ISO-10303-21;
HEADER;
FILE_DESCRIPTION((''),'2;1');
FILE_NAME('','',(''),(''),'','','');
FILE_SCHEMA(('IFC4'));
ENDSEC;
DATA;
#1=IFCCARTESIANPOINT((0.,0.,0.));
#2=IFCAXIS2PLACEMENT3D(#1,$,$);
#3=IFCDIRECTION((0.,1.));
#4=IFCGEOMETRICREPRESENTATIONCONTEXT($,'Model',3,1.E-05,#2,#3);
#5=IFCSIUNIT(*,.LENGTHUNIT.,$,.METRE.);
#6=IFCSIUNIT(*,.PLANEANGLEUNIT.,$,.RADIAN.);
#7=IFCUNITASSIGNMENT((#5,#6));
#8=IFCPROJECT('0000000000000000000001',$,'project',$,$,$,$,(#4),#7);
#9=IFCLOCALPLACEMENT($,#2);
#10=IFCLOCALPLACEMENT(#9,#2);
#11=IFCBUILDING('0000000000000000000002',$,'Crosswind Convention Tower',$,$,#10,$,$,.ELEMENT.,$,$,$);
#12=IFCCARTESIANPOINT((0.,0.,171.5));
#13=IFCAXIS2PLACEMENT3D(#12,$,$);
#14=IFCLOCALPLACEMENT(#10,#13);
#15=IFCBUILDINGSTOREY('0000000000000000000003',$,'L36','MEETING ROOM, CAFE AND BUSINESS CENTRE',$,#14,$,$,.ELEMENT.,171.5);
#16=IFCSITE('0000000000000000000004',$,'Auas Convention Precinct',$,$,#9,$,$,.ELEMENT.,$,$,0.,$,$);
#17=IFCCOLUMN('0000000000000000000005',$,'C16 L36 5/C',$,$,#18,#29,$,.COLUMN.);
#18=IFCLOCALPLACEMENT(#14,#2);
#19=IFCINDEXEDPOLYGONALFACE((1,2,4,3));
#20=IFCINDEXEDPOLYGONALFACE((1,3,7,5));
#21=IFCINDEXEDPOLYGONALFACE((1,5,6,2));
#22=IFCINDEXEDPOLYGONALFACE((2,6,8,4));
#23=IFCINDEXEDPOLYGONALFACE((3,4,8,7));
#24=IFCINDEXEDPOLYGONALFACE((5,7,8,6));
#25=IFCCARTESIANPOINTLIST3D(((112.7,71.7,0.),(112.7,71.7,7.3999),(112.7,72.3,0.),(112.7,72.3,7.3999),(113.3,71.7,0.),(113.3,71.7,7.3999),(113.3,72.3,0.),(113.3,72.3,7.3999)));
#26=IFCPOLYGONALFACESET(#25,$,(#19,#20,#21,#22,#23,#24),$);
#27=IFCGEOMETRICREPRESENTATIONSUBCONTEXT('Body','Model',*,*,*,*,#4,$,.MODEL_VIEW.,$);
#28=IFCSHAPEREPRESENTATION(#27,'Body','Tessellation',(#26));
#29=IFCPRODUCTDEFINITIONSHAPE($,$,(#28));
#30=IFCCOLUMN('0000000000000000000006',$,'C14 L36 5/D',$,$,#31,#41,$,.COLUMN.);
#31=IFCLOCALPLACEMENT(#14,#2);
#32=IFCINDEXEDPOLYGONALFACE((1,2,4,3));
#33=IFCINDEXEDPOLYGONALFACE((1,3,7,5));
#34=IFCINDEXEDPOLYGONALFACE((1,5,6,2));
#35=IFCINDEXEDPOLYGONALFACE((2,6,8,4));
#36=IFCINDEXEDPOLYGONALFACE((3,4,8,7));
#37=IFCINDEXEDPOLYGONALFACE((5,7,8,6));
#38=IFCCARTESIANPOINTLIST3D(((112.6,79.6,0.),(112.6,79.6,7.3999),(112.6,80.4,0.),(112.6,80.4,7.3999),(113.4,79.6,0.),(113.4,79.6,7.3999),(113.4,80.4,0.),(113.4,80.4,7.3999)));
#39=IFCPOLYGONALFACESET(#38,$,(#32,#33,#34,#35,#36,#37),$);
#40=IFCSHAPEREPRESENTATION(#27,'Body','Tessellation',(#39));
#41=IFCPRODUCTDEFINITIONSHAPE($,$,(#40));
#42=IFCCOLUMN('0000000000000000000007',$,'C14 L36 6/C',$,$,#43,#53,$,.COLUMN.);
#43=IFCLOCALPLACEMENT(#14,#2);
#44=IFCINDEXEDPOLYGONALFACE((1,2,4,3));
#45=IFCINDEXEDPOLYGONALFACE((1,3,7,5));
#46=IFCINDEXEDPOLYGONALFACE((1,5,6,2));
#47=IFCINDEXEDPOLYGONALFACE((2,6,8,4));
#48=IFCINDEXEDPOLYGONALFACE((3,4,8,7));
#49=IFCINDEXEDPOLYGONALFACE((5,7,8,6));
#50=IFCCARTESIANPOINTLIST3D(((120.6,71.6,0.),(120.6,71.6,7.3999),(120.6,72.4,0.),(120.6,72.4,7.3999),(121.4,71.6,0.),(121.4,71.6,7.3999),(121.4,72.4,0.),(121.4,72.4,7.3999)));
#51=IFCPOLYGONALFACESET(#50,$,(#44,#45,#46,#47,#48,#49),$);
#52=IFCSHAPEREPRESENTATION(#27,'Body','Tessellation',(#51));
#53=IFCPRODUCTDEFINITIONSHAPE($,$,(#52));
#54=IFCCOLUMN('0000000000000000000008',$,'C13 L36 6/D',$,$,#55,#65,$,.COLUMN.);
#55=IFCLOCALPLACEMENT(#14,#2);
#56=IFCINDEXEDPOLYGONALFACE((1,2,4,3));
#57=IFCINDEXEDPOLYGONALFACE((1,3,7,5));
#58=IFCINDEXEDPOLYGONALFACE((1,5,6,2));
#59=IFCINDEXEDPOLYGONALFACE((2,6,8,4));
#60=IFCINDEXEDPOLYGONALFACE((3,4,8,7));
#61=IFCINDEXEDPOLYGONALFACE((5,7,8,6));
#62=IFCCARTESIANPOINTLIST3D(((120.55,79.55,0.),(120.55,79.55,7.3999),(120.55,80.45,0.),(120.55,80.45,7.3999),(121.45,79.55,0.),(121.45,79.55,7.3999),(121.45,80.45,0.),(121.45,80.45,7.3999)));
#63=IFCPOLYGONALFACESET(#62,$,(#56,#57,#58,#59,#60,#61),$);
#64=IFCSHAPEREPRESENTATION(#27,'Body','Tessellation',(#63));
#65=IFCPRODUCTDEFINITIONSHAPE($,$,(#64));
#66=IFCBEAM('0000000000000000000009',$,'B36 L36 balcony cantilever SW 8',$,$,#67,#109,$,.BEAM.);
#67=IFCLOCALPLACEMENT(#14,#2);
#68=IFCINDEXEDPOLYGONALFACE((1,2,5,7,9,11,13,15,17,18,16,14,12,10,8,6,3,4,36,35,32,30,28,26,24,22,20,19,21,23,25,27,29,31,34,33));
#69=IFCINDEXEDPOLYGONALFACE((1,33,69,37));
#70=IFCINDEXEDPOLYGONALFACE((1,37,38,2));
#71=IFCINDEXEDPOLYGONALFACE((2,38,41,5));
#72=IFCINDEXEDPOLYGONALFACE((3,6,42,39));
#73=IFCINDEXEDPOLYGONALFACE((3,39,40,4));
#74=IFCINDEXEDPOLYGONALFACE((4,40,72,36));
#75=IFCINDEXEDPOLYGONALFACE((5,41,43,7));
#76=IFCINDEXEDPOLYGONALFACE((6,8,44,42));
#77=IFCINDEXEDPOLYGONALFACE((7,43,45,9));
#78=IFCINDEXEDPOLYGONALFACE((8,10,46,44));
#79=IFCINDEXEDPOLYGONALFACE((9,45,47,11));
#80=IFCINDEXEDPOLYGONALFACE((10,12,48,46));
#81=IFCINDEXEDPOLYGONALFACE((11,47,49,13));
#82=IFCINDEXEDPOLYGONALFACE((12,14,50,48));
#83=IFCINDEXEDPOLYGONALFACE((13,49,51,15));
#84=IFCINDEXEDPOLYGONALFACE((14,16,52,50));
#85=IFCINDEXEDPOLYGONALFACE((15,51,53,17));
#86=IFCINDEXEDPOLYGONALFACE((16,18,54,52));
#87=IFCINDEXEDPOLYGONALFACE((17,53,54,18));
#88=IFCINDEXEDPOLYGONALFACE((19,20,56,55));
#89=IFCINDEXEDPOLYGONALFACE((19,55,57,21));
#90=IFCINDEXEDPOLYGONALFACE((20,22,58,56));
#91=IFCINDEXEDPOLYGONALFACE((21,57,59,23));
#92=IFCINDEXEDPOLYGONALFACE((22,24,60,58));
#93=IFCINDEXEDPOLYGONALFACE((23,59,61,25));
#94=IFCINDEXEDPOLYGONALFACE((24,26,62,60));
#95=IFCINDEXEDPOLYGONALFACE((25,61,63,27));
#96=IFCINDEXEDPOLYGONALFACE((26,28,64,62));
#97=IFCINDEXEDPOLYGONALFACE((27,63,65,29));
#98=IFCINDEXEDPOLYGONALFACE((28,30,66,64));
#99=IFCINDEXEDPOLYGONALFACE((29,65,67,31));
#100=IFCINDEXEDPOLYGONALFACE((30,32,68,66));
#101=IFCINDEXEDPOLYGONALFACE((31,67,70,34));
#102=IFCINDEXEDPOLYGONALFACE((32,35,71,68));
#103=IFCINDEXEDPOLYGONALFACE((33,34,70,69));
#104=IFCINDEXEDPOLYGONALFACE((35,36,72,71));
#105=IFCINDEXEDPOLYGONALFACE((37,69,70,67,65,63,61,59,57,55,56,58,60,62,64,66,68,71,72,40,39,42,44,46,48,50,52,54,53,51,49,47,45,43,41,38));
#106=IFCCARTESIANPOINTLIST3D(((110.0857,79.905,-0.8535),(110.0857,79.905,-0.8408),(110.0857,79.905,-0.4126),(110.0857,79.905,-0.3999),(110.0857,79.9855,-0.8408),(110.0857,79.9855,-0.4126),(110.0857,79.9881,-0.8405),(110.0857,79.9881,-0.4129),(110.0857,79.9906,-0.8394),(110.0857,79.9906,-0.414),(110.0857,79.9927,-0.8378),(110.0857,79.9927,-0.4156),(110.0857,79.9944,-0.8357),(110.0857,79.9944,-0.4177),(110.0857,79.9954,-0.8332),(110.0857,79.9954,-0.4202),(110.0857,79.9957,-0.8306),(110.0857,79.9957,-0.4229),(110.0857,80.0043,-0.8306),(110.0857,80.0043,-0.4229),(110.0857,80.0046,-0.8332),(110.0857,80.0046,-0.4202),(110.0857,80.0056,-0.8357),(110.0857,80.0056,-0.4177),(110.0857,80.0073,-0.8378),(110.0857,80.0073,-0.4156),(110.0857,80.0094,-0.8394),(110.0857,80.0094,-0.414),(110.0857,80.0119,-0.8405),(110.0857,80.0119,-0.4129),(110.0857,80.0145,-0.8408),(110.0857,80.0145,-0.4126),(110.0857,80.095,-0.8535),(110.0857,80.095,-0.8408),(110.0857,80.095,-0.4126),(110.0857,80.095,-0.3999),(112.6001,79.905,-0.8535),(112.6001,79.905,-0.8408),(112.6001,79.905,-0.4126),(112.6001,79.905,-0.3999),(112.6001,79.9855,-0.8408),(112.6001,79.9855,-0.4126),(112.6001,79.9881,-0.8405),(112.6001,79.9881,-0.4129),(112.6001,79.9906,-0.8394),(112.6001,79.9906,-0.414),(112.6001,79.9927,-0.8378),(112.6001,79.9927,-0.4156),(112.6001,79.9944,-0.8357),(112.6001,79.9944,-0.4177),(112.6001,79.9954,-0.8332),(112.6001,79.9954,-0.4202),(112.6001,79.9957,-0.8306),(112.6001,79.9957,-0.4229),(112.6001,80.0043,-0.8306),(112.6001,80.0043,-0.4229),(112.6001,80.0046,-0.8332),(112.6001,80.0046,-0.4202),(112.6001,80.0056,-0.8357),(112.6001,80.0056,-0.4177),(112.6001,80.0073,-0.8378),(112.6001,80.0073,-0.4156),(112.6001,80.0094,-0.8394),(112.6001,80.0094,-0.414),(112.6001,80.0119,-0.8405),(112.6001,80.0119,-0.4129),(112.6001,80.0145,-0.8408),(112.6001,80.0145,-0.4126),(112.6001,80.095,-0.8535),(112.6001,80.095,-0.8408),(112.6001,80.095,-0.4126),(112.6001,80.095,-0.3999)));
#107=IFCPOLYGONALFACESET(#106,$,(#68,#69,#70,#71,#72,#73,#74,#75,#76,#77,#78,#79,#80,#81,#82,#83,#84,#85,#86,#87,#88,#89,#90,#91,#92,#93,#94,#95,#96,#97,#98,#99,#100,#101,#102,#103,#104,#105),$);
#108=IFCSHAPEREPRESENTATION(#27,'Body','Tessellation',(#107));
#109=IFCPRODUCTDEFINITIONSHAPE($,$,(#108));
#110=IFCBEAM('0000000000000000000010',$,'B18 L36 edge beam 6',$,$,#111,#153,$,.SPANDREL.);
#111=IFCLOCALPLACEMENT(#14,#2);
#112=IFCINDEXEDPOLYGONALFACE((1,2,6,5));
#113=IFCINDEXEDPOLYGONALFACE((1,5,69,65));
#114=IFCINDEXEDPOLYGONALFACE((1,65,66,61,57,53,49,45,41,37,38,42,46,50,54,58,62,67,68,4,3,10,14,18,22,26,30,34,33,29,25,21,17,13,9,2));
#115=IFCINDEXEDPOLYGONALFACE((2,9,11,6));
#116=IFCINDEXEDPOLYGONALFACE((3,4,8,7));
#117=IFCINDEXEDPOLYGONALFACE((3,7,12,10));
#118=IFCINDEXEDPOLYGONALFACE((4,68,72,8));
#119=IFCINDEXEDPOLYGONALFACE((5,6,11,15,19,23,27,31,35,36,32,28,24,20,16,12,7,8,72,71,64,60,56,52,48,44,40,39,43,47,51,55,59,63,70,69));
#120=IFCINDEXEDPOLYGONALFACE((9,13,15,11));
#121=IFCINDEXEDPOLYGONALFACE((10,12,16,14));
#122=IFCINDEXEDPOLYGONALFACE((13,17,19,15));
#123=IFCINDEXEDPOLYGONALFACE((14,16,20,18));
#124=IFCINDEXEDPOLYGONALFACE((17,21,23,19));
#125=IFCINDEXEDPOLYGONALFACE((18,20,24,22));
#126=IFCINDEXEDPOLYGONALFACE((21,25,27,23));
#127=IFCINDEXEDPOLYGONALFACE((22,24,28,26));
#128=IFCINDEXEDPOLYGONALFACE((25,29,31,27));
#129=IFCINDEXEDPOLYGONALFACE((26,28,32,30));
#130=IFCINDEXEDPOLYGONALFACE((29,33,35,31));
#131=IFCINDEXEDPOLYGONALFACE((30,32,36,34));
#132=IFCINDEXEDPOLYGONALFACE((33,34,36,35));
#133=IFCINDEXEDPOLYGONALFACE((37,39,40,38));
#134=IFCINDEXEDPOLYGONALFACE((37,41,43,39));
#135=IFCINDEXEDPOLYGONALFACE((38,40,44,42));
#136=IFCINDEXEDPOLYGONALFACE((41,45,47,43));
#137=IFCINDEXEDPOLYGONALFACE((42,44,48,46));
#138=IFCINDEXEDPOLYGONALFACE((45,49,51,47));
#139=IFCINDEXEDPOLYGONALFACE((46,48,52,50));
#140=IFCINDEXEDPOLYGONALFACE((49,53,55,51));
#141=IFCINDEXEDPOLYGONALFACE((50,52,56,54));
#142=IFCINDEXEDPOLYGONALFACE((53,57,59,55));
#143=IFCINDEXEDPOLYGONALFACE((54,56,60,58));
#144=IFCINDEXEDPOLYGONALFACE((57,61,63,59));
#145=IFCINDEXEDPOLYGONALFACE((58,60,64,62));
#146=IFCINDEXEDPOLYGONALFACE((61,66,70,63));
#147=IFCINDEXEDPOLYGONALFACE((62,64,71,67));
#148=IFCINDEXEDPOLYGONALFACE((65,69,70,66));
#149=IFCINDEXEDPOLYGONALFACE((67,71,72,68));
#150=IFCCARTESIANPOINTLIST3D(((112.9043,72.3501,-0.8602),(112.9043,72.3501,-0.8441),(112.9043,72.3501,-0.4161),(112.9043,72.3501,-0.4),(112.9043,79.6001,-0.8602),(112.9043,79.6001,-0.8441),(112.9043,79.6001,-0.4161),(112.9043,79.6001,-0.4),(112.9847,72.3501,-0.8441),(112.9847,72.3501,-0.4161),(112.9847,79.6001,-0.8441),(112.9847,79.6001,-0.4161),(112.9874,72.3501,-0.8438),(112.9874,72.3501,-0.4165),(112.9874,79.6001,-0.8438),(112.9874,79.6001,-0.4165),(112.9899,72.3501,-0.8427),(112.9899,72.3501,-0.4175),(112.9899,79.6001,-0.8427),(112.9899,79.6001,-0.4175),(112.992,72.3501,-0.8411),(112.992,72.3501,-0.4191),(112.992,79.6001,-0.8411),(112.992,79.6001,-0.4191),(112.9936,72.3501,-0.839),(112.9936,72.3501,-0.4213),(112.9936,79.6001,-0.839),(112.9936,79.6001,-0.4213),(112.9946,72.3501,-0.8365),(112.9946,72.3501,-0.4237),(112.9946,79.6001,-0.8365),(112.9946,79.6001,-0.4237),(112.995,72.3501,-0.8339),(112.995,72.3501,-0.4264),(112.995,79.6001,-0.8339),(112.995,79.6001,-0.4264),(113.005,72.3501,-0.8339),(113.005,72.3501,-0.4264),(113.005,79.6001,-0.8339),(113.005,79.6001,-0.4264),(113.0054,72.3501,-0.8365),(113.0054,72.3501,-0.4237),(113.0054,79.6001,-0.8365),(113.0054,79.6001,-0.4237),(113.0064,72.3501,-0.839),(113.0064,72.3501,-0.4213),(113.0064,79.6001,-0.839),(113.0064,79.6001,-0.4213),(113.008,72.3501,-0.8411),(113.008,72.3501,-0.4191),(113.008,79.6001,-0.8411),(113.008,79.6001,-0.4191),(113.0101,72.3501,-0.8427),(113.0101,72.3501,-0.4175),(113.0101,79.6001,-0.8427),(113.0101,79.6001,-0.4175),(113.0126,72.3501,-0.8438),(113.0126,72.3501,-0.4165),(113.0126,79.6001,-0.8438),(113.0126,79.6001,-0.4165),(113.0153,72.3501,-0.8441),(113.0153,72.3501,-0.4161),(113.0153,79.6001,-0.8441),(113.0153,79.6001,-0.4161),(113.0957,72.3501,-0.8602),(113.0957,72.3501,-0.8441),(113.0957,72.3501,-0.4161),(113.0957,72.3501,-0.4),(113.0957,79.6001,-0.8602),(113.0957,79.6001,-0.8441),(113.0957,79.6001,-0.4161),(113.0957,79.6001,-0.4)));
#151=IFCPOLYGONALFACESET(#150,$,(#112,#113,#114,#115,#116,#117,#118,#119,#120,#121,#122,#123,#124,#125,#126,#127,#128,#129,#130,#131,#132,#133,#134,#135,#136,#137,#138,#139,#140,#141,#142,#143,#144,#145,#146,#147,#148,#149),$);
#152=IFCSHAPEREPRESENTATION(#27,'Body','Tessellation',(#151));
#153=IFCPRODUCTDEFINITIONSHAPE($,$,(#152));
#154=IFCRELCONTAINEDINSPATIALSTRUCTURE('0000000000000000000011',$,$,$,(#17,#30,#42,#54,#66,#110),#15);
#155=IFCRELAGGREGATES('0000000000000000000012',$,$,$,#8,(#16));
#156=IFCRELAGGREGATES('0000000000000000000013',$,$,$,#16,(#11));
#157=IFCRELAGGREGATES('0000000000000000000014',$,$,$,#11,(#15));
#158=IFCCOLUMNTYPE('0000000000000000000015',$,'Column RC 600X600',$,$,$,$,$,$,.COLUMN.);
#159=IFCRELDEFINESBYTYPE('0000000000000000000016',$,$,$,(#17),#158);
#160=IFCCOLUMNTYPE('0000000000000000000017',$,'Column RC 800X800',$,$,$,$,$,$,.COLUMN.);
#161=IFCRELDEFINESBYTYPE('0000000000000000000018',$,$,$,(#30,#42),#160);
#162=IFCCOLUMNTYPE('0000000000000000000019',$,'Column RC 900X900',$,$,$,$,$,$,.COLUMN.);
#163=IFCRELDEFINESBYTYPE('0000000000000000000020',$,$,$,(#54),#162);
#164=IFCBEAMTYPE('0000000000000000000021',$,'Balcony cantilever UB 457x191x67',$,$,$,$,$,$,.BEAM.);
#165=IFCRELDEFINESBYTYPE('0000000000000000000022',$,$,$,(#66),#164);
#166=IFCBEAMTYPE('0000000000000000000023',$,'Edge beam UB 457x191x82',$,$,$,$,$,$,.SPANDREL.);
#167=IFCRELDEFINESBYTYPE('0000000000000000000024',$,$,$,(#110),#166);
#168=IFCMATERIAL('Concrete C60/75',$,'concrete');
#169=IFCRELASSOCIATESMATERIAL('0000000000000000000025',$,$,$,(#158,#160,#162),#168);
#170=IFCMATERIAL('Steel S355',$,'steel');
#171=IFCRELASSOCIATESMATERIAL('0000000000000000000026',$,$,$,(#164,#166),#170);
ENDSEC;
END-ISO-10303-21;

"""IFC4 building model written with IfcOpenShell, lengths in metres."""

from ifc_helpers import new_model, si_unit, direction, frame, origin, origin_2d, place, context, subcontext, project, spatial, rectangle, i_section, extrude, material, material_profile, profile_set, type_object, element, save


model = new_model("IFC4")

# Units and contexts
model_context = context("Model", 3, precision=1e-05, world=origin(), true_north=direction((0.0, 1.0)))
body_context = subcontext(model_context, "Body", "Model", "MODEL_VIEW")
ifc_project = project(units=[si_unit("LENGTHUNIT", "METRE"), si_unit("PLANEANGLEUNIT", "RADIAN")], contexts=[model_context])

# Site, building, storey
site_placement = place(None, origin())
site = spatial("IfcSite", under=ifc_project, at=site_placement, Name="Auas Convention Precinct", CompositionType="ELEMENT", RefElevation=0.0)
building_placement = place(site_placement, origin())
building = spatial("IfcBuilding", under=site, at=building_placement, Name="Crosswind Convention Tower", CompositionType="ELEMENT")
storey_placement = place(building_placement, frame((0.0, 0.0, 171.5)))
storey = spatial("IfcBuildingStorey", under=building, at=storey_placement, Name="L36", Description="MEETING ROOM, CAFE AND BUSINESS CENTRE", CompositionType="ELEMENT", Elevation=171.5)

# Columns
ifc_material_1 = material(Name="Concrete C60/75", Category="concrete")
ifc_material_profile_1 = material_profile(ifc_material_1, rectangle(XDim=0.6001, YDim=0.6001, at=origin_2d()), Name="RC 600X600")
ifc_profile_set_1 = profile_set([ifc_material_profile_1], Name="Concrete C60/75")
column_type_1 = type_object("IfcColumnType", Name="Column RC 600X600", PredefinedType="COLUMN", material=ifc_profile_set_1)
column_1_placement = place(storey_placement, frame((113.0, 72.0, 0.0), z_axis=(0.0, 0.0, 1.0), x_axis=(1.0, 0.0, 0.0)))
element("IfcColumn", 1, at=column_1_placement, inside=storey, type_object=column_type_1, Name="C16 L36 5/C", PredefinedType="COLUMN", context=body_context, shape_type="SweptSolid", body=[
    extrude(rectangle(XDim=0.6001, YDim=0.6001, at=origin_2d()), origin(), (0.0, 0.0, 1.0), 7.3999),
])
ifc_material_profile_2 = material_profile(ifc_material_1, rectangle(XDim=0.8, YDim=0.8, at=origin_2d()), Name="RC 800X800")
ifc_profile_set_2 = profile_set([ifc_material_profile_2], Name="Concrete C60/75")
column_type_2 = type_object("IfcColumnType", Name="Column RC 800X800", PredefinedType="COLUMN", material=ifc_profile_set_2)
for number, where, z_axis, x_axis, name in (
    (2, (113.0, 80.0, 0.0), (0.0, 0.0, 1.0), (1.0, 0.0, 0.0), "C14 L36 5/D"),
    (3, (121.0, 72.0, 0.0), (0.0, 0.0, 1.0), (1.0, 0.0, 0.0), "C14 L36 6/C"),
):
    element("IfcColumn", number, at=place(storey_placement, frame(where, z_axis=z_axis, x_axis=x_axis)), inside=storey, type_object=column_type_2, Name=name, PredefinedType="COLUMN", context=body_context, shape_type="SweptSolid", body=[
        extrude(rectangle(XDim=0.8, YDim=0.8, at=origin_2d()), origin(), (0.0, 0.0, 1.0), 7.3999),
    ])
ifc_material_profile_3 = material_profile(ifc_material_1, rectangle(XDim=0.8999, YDim=0.8999, at=origin_2d()), Name="RC 900X900")
ifc_profile_set_3 = profile_set([ifc_material_profile_3], Name="Concrete C60/75")
column_type_3 = type_object("IfcColumnType", Name="Column RC 900X900", PredefinedType="COLUMN", material=ifc_profile_set_3)
column_2_placement = place(storey_placement, frame((121.0, 80.0, 0.0), z_axis=(0.0, 0.0, 1.0), x_axis=(1.0, 0.0, 0.0)))
element("IfcColumn", 4, at=column_2_placement, inside=storey, type_object=column_type_3, Name="C13 L36 6/D", PredefinedType="COLUMN", context=body_context, shape_type="SweptSolid", body=[
    extrude(rectangle(XDim=0.8999, YDim=0.8999, at=origin_2d()), origin(), (0.0, 0.0, 1.0), 7.3999),
])

# Beams
ifc_material_2 = material(Name="Steel S355", Category="steel")
ifc_material_profile_4 = material_profile(ifc_material_2, i_section(OverallWidth=0.1899, OverallDepth=0.4536, WebThickness=0.0085, FlangeThickness=0.0127, FilletRadius=0.0103, at=origin_2d()), Name="UB 457x191x67")
ifc_profile_set_4 = profile_set([ifc_material_profile_4], Name="Steel S355")
beam_type_1 = type_object("IfcBeamType", Name="Balcony cantilever UB 457x191x67", PredefinedType="BEAM", material=ifc_profile_set_4)
beam_1_placement = place(storey_placement, frame((112.6001, 80.0, -0.6267), z_axis=(-1.0, 0.0, 0.0), x_axis=(0.0, -1.0, 0.0)))
element("IfcBeam", 5, at=beam_1_placement, inside=storey, type_object=beam_type_1, Name="B36 L36 balcony cantilever SW 8", PredefinedType="BEAM", context=body_context, shape_type="SweptSolid", body=[
    extrude(i_section(OverallWidth=0.1899, OverallDepth=0.4536, WebThickness=0.0085, FlangeThickness=0.0127, FilletRadius=0.0103, at=origin_2d()), origin(), (0.0, 0.0, 1.0), 2.5144),
])
ifc_material_profile_5 = material_profile(ifc_material_2, i_section(OverallWidth=0.1914, OverallDepth=0.4602, WebThickness=0.01, FlangeThickness=0.0161, FilletRadius=0.0103, at=origin_2d()), Name="UB 457x191x82")
ifc_profile_set_5 = profile_set([ifc_material_profile_5], Name="Steel S355")
beam_type_2 = type_object("IfcBeamType", Name="Edge beam UB 457x191x82", PredefinedType="SPANDREL", material=ifc_profile_set_5)
for number, where, z_axis, x_axis, name in (
    (6, (113.0, 72.3501, -0.6301), (0.0, 1.0, 0.0), (-1.0, 0.0, 0.0), "B18 L36 edge beam 6"),
):
    element("IfcBeam", number, at=place(storey_placement, frame(where, z_axis=z_axis, x_axis=x_axis)), inside=storey, type_object=beam_type_2, Name=name, PredefinedType="SPANDREL", context=body_context, shape_type="SweptSolid", body=[
        extrude(i_section(OverallWidth=0.1914, OverallDepth=0.4602, WebThickness=0.01, FlangeThickness=0.0161, FilletRadius=0.0103, at=origin_2d()), origin(), (0.0, 0.0, 1.0), 7.25),
    ])

save(model, "model.ifc")
